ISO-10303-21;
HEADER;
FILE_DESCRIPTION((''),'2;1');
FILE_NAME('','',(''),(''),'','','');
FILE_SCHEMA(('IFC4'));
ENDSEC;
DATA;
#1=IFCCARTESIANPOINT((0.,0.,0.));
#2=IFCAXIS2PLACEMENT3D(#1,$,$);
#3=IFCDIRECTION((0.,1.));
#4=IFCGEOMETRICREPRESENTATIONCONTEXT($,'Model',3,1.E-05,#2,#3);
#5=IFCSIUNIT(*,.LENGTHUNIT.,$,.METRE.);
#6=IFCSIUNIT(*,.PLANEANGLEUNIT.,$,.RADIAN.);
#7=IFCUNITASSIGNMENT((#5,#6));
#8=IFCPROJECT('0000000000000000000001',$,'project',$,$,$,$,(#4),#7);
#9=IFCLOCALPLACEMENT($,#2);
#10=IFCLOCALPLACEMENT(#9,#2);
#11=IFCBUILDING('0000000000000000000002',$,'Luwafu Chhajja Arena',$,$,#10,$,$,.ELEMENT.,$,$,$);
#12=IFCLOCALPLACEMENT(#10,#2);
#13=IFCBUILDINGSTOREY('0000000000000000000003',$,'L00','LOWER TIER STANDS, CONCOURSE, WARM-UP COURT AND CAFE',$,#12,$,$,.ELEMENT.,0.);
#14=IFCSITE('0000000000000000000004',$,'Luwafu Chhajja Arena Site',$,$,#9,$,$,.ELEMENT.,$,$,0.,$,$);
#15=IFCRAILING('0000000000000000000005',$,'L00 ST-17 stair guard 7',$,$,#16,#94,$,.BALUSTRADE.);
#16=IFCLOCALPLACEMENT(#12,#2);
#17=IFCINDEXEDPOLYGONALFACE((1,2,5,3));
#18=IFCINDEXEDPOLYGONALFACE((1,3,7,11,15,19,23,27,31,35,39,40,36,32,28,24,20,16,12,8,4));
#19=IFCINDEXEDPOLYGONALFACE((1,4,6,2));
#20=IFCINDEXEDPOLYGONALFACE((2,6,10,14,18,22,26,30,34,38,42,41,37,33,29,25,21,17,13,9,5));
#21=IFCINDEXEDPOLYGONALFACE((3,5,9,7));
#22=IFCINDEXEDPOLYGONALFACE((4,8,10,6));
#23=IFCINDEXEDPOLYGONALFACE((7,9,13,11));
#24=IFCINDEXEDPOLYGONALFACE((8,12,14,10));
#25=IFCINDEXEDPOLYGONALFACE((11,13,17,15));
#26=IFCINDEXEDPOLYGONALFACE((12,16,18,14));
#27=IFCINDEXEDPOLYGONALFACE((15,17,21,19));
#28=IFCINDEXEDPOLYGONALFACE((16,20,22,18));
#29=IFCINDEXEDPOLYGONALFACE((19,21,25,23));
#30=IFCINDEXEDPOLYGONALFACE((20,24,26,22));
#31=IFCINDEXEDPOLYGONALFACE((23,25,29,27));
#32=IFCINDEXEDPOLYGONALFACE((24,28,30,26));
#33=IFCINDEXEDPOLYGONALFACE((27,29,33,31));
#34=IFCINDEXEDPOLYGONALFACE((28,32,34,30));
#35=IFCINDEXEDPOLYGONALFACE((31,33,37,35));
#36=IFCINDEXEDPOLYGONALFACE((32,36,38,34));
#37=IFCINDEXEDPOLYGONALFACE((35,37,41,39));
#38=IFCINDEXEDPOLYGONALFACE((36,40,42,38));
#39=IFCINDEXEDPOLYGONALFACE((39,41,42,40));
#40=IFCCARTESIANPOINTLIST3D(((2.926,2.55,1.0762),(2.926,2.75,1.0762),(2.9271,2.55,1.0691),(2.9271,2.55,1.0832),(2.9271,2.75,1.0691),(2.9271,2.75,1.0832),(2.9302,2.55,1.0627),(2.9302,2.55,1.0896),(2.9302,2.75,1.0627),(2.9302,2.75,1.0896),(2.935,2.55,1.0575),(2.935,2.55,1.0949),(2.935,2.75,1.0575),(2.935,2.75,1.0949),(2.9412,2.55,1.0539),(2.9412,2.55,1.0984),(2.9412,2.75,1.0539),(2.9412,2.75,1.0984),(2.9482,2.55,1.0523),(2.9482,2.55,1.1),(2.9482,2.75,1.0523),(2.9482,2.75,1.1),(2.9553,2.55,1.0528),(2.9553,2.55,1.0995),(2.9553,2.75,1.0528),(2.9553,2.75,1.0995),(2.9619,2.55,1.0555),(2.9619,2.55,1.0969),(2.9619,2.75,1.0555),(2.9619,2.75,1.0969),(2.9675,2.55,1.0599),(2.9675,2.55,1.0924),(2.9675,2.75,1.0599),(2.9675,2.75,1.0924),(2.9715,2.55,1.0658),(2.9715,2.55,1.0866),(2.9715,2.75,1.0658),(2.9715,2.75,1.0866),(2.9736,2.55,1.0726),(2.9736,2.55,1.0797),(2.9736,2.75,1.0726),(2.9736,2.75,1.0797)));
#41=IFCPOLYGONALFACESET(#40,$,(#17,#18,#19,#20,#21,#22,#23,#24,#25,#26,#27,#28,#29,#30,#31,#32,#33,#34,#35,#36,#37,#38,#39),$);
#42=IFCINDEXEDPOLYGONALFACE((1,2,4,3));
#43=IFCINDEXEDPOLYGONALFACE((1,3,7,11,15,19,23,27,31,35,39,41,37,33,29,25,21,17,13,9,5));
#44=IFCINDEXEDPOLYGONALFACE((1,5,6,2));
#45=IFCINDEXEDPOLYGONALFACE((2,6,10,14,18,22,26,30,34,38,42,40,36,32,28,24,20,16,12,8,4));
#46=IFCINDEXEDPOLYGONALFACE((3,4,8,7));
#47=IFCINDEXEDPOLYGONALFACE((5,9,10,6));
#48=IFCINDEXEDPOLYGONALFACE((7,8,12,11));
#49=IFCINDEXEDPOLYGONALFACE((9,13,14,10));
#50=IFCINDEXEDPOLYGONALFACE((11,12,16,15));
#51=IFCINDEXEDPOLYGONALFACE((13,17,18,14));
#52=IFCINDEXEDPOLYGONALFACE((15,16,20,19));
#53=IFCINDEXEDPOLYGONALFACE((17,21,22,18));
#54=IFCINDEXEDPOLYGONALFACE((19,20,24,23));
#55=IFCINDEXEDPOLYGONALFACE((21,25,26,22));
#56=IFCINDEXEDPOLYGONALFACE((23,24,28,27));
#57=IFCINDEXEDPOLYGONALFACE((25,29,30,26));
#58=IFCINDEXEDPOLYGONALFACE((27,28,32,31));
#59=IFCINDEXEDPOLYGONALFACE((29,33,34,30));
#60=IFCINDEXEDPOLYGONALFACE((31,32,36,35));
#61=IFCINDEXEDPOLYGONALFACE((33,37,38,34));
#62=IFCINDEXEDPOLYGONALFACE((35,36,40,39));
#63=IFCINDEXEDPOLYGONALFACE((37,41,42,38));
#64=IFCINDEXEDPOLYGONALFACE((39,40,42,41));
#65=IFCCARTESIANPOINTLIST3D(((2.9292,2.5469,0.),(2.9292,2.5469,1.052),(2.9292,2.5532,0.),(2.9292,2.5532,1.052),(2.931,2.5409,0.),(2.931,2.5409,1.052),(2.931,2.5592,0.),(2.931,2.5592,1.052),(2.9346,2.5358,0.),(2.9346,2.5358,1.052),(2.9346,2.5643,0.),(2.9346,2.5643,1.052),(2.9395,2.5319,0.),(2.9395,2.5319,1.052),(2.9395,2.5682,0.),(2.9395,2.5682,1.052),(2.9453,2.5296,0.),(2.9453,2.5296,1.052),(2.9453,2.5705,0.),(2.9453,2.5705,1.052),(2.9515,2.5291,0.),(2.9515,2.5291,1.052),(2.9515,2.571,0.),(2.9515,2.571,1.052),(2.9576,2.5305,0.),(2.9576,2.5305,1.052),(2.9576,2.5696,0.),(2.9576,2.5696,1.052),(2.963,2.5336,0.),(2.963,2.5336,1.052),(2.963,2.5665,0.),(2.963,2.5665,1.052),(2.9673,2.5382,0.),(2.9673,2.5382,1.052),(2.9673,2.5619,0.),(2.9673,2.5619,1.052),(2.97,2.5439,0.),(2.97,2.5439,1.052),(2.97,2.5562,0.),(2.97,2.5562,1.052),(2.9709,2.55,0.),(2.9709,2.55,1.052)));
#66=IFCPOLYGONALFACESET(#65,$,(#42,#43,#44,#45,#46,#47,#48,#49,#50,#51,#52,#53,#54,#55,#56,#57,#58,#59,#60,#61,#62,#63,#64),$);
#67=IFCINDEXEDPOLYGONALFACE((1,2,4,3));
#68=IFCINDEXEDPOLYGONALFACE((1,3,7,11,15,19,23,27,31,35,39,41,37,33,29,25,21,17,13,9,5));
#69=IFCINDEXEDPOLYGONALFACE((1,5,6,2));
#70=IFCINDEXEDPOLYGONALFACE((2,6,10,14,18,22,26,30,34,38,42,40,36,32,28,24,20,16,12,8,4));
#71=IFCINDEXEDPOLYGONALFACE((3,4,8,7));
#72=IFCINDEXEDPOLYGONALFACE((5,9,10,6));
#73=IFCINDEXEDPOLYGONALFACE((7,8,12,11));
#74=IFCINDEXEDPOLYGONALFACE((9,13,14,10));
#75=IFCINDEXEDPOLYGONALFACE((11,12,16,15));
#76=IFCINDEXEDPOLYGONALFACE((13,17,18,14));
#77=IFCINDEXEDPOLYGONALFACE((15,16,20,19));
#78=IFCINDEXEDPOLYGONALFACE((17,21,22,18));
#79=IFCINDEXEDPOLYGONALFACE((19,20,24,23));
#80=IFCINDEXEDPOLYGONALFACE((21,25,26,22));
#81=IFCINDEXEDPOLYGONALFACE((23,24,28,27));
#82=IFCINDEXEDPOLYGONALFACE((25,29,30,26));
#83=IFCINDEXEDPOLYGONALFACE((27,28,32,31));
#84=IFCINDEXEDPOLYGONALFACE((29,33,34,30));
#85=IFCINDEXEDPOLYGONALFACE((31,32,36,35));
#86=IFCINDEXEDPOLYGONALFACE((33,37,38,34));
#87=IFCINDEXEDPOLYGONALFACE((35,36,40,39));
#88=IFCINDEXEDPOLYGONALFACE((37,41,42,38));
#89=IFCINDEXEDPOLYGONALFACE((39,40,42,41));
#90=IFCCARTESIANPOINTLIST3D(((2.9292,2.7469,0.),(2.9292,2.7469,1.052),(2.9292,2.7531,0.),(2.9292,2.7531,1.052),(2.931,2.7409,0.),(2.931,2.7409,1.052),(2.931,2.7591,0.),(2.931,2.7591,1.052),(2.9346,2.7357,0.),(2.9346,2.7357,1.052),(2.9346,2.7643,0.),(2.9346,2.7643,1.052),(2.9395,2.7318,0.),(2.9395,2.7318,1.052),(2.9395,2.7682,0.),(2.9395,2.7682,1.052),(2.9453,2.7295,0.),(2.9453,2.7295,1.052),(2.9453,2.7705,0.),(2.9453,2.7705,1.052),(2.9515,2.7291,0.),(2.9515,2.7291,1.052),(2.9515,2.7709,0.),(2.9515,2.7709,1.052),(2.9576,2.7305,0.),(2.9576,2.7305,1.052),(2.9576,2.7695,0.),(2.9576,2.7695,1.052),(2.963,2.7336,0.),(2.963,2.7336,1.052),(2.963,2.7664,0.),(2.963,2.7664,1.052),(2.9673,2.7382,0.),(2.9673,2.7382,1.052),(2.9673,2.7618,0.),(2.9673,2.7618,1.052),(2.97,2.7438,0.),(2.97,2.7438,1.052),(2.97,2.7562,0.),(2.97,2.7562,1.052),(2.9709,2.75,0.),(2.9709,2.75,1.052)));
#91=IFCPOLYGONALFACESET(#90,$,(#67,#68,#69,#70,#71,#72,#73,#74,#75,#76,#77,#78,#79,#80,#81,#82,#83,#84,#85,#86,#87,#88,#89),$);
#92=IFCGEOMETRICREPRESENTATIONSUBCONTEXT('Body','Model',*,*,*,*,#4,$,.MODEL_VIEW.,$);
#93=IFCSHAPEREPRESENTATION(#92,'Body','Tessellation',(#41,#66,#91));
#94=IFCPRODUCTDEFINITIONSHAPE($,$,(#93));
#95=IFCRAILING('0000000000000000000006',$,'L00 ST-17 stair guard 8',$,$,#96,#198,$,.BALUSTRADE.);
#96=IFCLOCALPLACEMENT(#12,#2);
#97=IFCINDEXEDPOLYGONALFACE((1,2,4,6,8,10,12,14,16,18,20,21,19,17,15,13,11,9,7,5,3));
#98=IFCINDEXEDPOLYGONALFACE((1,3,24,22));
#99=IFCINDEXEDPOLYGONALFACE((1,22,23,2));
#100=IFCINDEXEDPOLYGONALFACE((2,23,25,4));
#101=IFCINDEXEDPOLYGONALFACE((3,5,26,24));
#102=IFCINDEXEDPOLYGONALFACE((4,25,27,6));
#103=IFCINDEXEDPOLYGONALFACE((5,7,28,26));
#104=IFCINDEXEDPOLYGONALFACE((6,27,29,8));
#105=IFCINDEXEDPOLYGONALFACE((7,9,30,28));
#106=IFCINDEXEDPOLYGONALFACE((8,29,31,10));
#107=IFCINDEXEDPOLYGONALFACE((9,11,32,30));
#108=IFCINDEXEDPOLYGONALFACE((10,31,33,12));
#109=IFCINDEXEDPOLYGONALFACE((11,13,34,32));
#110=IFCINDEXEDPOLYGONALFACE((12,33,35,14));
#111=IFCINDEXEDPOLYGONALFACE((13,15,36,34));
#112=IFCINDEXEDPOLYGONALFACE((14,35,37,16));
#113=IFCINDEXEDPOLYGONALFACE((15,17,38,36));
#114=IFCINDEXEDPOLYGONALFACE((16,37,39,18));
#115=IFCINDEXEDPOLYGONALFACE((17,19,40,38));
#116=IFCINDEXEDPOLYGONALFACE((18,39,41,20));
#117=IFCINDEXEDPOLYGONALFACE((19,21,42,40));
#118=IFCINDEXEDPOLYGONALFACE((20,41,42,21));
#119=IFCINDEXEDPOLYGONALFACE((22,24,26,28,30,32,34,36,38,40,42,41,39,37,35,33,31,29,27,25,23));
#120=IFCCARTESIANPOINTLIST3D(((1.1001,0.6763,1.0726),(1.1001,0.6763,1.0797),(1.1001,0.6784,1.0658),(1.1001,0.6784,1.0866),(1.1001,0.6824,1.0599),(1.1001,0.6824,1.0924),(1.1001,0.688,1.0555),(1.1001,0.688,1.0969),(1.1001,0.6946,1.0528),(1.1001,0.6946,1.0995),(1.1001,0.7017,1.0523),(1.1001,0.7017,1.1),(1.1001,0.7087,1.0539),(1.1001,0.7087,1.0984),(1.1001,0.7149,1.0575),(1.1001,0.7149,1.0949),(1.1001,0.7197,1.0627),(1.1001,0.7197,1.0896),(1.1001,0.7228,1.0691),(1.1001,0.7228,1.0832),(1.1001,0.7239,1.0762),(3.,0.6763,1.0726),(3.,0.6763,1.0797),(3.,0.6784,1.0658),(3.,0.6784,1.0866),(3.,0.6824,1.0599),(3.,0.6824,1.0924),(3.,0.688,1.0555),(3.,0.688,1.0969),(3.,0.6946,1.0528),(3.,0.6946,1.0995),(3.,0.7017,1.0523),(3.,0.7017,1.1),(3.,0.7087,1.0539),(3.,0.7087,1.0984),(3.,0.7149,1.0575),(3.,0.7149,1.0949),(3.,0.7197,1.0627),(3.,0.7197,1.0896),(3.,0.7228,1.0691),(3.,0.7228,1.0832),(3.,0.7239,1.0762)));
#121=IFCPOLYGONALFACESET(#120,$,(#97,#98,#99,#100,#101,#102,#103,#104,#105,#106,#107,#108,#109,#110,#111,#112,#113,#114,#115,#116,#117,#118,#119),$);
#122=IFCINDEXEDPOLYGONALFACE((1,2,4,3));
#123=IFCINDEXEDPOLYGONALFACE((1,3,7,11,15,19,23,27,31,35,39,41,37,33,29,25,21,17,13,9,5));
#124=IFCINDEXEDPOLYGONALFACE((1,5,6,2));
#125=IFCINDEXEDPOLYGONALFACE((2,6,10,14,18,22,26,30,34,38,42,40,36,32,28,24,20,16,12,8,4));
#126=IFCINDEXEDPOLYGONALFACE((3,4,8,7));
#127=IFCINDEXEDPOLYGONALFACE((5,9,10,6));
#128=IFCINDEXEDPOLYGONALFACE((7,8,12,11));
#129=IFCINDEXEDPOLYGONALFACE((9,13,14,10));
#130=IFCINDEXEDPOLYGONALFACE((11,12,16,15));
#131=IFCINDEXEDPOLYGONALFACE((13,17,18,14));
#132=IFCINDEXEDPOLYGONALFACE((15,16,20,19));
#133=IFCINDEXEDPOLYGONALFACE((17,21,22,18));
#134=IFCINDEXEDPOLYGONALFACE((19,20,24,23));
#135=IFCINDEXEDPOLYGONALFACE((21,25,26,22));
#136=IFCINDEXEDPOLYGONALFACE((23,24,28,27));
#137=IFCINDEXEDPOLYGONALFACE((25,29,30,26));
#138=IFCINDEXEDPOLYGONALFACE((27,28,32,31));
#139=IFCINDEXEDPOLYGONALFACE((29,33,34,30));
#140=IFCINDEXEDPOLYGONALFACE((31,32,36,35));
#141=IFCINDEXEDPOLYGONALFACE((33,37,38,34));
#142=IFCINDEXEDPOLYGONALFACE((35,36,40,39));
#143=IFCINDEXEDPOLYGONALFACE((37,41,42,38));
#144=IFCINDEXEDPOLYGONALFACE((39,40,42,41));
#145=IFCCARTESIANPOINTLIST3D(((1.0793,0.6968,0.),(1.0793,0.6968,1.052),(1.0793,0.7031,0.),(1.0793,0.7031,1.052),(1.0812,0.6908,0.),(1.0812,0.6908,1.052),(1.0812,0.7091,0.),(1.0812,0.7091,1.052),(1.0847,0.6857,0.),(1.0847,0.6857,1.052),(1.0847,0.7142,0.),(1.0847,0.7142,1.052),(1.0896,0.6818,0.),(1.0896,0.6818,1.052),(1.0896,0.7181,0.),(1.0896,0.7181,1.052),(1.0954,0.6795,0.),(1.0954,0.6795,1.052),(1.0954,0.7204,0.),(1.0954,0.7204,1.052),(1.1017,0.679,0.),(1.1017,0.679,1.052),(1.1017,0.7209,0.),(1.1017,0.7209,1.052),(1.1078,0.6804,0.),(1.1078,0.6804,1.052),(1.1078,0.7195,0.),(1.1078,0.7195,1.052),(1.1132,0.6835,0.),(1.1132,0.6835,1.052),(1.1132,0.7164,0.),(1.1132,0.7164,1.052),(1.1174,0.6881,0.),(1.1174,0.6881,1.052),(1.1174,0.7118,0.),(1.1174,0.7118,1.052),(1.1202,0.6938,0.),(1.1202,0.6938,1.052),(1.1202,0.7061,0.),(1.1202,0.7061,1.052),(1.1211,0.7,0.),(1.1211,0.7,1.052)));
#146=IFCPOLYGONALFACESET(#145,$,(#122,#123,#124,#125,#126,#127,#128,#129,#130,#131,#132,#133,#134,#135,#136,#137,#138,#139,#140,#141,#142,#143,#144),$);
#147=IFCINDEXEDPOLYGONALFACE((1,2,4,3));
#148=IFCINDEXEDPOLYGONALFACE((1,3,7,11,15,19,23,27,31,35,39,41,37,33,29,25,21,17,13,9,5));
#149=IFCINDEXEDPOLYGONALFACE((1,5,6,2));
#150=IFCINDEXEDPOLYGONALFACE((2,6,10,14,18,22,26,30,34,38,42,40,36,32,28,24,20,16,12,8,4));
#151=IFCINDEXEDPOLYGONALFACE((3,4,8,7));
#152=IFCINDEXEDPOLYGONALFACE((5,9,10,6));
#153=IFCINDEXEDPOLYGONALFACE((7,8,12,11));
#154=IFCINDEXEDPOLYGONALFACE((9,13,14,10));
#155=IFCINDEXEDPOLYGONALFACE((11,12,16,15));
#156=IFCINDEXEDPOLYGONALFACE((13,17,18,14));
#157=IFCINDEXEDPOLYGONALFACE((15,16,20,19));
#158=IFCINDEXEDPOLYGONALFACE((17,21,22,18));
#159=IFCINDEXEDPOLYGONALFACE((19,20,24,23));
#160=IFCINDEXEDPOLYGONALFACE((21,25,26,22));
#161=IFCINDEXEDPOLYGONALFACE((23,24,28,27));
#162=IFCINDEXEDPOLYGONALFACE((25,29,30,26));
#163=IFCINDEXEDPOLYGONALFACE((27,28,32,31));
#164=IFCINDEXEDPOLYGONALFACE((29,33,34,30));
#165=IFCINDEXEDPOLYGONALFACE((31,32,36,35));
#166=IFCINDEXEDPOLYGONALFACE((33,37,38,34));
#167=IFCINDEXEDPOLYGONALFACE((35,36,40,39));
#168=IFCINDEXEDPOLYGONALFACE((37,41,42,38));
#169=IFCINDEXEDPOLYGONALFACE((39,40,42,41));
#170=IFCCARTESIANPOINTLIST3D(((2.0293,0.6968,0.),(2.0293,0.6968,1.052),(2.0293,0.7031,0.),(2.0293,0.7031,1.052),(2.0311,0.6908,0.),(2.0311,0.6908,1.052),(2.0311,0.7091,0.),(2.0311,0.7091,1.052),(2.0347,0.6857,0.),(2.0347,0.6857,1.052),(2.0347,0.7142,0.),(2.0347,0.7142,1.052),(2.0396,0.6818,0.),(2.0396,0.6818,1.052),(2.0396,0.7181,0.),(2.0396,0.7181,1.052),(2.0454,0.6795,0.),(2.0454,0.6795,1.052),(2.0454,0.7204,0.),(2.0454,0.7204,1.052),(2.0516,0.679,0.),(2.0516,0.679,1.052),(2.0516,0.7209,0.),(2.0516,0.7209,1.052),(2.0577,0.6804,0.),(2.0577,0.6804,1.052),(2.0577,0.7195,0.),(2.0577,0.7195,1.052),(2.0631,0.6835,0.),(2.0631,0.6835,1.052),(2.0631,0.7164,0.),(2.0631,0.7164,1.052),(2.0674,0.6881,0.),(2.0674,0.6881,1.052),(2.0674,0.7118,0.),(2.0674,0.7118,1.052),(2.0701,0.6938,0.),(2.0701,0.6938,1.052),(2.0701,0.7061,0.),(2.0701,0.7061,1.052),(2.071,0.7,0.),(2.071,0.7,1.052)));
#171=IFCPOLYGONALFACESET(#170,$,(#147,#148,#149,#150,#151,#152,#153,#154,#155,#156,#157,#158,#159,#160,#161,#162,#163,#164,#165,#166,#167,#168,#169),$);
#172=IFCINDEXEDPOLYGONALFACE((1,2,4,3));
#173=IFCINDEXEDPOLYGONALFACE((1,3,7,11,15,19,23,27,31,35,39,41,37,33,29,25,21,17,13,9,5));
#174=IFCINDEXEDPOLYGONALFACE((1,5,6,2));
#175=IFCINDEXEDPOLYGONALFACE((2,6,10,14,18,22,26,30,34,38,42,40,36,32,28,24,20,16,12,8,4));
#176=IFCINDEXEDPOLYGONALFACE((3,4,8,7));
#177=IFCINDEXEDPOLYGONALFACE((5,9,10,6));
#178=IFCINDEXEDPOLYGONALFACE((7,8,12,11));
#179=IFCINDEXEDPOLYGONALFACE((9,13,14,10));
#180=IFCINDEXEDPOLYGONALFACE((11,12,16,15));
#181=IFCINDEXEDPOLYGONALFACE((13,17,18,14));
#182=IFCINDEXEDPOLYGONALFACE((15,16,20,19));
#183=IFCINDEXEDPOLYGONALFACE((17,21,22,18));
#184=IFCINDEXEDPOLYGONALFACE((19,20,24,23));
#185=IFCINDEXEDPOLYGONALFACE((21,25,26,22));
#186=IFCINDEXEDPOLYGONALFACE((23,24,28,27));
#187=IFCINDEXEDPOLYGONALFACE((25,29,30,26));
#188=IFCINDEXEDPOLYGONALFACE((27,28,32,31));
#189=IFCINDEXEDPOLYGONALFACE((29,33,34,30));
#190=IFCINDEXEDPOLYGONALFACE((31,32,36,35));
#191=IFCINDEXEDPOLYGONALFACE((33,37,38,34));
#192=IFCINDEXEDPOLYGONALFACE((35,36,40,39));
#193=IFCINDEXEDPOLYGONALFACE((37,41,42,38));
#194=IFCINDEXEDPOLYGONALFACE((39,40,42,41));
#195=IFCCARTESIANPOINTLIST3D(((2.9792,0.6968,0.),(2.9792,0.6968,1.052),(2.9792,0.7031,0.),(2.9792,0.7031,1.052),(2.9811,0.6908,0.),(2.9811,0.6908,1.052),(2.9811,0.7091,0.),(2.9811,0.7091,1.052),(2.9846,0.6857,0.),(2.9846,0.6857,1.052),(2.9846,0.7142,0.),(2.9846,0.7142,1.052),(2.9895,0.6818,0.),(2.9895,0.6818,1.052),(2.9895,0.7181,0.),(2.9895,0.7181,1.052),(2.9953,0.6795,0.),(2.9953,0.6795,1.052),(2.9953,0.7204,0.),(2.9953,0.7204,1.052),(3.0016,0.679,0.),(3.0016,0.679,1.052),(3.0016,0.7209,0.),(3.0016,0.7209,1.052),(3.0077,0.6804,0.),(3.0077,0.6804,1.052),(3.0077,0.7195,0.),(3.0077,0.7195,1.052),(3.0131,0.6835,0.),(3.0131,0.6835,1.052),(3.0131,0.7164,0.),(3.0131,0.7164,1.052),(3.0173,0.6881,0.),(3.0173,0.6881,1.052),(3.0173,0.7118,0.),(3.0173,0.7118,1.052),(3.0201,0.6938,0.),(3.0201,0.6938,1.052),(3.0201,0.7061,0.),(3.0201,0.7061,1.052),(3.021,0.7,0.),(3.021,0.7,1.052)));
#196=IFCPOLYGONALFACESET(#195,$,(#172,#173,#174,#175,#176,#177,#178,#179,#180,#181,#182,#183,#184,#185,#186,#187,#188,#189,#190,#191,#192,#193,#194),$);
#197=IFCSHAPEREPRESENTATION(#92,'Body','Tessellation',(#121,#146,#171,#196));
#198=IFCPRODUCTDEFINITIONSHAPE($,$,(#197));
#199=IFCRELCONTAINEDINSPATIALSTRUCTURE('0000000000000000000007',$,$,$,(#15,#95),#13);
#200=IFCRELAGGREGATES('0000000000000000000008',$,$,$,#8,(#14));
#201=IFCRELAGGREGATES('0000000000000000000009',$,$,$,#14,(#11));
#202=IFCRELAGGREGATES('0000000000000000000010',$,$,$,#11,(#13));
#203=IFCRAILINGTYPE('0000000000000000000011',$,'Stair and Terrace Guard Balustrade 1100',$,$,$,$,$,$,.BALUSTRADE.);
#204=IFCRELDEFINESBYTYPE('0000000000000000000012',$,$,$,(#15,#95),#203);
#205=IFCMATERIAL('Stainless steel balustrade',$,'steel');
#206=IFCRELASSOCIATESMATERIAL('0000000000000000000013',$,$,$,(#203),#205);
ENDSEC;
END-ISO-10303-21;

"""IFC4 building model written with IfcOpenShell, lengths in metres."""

from ifc_helpers import new_model, si_unit, direction, frame, origin, origin_2d, place, context, subcontext, project, spatial, circle, extrude, material, type_object, element, save


model = new_model("IFC4")

# Units and contexts
model_context = context("Model", 3, precision=1e-05, world=origin(), true_north=direction((0.0, 1.0)))
body_context = subcontext(model_context, "Body", "Model", "MODEL_VIEW")
ifc_project = project(units=[si_unit("LENGTHUNIT", "METRE"), si_unit("PLANEANGLEUNIT", "RADIAN")], contexts=[model_context])

# Site, building, storey
site_placement = place(None, origin())
site = spatial("IfcSite", under=ifc_project, at=site_placement, Name="Luwafu Chhajja Arena Site", CompositionType="ELEMENT", RefElevation=0.0)
building_placement = place(site_placement, origin())
building = spatial("IfcBuilding", under=site, at=building_placement, Name="Luwafu Chhajja Arena", CompositionType="ELEMENT")
storey_placement = place(building_placement, origin())
storey = spatial("IfcBuildingStorey", under=building, at=storey_placement, Name="L00", Description="LOWER TIER STANDS, CONCOURSE, WARM-UP COURT AND CAFE", CompositionType="ELEMENT", Elevation=0.0)

# Railings
ifc_material_1 = material(Name="Stainless steel balustrade", Category="steel")
railing_type_1 = type_object("IfcRailingType", Name="Stair and Terrace Guard Balustrade 1100", PredefinedType="BALUSTRADE", material=ifc_material_1)
railing_1_placement = place(storey_placement, frame((2.95, 2.55, 0.0)))
element("IfcRailing", 1, at=railing_1_placement, inside=storey, type_object=railing_type_1, Name="L00 ST-17 stair guard 7", PredefinedType="BALUSTRADE", context=body_context, shape_type="SweptSolid", body=[
    extrude(circle(Radius=0.0239, at=origin_2d()), frame((0.0, 0.0, 1.0762), z_axis=(0.0, 1.0, 0.0), x_axis=(-1.0, 0.0, 0.0)), (0.0, 0.0, 1.0), 0.2),
    extrude(circle(Radius=0.021, at=origin_2d()), origin(), (0.0, 0.0, 1.0), 1.052),
    extrude(circle(Radius=0.021, at=origin_2d()), frame((0.0, 0.2, 0.0)), (0.0, 0.0, 1.0), 1.052),
])
for number, where, name in (
    (2, (1.1001, 0.7, 0.0), "L00 ST-17 stair guard 8"),
):
    element("IfcRailing", number, at=place(storey_placement, frame(where)), inside=storey, type_object=railing_type_1, Name=name, PredefinedType="BALUSTRADE", context=body_context, shape_type="SweptSolid", body=[
        extrude(circle(Radius=0.0239, at=origin_2d()), frame((0.0, 0.0, 1.0762), z_axis=(1.0, 0.0, 0.0), x_axis=(0.0, 1.0, 0.0)), (0.0, 0.0, 1.0), 1.8999),
        extrude(circle(Radius=0.021, at=origin_2d()), origin(), (0.0, 0.0, 1.0), 1.052),
        extrude(circle(Radius=0.021, at=origin_2d()), frame((0.95, 0.0, 0.0)), (0.0, 0.0, 1.0), 1.052),
        extrude(circle(Radius=0.021, at=origin_2d()), frame((1.8999, 0.0, 0.0)), (0.0, 0.0, 1.0), 1.052),
    ])

save(model, "model.ifc")
